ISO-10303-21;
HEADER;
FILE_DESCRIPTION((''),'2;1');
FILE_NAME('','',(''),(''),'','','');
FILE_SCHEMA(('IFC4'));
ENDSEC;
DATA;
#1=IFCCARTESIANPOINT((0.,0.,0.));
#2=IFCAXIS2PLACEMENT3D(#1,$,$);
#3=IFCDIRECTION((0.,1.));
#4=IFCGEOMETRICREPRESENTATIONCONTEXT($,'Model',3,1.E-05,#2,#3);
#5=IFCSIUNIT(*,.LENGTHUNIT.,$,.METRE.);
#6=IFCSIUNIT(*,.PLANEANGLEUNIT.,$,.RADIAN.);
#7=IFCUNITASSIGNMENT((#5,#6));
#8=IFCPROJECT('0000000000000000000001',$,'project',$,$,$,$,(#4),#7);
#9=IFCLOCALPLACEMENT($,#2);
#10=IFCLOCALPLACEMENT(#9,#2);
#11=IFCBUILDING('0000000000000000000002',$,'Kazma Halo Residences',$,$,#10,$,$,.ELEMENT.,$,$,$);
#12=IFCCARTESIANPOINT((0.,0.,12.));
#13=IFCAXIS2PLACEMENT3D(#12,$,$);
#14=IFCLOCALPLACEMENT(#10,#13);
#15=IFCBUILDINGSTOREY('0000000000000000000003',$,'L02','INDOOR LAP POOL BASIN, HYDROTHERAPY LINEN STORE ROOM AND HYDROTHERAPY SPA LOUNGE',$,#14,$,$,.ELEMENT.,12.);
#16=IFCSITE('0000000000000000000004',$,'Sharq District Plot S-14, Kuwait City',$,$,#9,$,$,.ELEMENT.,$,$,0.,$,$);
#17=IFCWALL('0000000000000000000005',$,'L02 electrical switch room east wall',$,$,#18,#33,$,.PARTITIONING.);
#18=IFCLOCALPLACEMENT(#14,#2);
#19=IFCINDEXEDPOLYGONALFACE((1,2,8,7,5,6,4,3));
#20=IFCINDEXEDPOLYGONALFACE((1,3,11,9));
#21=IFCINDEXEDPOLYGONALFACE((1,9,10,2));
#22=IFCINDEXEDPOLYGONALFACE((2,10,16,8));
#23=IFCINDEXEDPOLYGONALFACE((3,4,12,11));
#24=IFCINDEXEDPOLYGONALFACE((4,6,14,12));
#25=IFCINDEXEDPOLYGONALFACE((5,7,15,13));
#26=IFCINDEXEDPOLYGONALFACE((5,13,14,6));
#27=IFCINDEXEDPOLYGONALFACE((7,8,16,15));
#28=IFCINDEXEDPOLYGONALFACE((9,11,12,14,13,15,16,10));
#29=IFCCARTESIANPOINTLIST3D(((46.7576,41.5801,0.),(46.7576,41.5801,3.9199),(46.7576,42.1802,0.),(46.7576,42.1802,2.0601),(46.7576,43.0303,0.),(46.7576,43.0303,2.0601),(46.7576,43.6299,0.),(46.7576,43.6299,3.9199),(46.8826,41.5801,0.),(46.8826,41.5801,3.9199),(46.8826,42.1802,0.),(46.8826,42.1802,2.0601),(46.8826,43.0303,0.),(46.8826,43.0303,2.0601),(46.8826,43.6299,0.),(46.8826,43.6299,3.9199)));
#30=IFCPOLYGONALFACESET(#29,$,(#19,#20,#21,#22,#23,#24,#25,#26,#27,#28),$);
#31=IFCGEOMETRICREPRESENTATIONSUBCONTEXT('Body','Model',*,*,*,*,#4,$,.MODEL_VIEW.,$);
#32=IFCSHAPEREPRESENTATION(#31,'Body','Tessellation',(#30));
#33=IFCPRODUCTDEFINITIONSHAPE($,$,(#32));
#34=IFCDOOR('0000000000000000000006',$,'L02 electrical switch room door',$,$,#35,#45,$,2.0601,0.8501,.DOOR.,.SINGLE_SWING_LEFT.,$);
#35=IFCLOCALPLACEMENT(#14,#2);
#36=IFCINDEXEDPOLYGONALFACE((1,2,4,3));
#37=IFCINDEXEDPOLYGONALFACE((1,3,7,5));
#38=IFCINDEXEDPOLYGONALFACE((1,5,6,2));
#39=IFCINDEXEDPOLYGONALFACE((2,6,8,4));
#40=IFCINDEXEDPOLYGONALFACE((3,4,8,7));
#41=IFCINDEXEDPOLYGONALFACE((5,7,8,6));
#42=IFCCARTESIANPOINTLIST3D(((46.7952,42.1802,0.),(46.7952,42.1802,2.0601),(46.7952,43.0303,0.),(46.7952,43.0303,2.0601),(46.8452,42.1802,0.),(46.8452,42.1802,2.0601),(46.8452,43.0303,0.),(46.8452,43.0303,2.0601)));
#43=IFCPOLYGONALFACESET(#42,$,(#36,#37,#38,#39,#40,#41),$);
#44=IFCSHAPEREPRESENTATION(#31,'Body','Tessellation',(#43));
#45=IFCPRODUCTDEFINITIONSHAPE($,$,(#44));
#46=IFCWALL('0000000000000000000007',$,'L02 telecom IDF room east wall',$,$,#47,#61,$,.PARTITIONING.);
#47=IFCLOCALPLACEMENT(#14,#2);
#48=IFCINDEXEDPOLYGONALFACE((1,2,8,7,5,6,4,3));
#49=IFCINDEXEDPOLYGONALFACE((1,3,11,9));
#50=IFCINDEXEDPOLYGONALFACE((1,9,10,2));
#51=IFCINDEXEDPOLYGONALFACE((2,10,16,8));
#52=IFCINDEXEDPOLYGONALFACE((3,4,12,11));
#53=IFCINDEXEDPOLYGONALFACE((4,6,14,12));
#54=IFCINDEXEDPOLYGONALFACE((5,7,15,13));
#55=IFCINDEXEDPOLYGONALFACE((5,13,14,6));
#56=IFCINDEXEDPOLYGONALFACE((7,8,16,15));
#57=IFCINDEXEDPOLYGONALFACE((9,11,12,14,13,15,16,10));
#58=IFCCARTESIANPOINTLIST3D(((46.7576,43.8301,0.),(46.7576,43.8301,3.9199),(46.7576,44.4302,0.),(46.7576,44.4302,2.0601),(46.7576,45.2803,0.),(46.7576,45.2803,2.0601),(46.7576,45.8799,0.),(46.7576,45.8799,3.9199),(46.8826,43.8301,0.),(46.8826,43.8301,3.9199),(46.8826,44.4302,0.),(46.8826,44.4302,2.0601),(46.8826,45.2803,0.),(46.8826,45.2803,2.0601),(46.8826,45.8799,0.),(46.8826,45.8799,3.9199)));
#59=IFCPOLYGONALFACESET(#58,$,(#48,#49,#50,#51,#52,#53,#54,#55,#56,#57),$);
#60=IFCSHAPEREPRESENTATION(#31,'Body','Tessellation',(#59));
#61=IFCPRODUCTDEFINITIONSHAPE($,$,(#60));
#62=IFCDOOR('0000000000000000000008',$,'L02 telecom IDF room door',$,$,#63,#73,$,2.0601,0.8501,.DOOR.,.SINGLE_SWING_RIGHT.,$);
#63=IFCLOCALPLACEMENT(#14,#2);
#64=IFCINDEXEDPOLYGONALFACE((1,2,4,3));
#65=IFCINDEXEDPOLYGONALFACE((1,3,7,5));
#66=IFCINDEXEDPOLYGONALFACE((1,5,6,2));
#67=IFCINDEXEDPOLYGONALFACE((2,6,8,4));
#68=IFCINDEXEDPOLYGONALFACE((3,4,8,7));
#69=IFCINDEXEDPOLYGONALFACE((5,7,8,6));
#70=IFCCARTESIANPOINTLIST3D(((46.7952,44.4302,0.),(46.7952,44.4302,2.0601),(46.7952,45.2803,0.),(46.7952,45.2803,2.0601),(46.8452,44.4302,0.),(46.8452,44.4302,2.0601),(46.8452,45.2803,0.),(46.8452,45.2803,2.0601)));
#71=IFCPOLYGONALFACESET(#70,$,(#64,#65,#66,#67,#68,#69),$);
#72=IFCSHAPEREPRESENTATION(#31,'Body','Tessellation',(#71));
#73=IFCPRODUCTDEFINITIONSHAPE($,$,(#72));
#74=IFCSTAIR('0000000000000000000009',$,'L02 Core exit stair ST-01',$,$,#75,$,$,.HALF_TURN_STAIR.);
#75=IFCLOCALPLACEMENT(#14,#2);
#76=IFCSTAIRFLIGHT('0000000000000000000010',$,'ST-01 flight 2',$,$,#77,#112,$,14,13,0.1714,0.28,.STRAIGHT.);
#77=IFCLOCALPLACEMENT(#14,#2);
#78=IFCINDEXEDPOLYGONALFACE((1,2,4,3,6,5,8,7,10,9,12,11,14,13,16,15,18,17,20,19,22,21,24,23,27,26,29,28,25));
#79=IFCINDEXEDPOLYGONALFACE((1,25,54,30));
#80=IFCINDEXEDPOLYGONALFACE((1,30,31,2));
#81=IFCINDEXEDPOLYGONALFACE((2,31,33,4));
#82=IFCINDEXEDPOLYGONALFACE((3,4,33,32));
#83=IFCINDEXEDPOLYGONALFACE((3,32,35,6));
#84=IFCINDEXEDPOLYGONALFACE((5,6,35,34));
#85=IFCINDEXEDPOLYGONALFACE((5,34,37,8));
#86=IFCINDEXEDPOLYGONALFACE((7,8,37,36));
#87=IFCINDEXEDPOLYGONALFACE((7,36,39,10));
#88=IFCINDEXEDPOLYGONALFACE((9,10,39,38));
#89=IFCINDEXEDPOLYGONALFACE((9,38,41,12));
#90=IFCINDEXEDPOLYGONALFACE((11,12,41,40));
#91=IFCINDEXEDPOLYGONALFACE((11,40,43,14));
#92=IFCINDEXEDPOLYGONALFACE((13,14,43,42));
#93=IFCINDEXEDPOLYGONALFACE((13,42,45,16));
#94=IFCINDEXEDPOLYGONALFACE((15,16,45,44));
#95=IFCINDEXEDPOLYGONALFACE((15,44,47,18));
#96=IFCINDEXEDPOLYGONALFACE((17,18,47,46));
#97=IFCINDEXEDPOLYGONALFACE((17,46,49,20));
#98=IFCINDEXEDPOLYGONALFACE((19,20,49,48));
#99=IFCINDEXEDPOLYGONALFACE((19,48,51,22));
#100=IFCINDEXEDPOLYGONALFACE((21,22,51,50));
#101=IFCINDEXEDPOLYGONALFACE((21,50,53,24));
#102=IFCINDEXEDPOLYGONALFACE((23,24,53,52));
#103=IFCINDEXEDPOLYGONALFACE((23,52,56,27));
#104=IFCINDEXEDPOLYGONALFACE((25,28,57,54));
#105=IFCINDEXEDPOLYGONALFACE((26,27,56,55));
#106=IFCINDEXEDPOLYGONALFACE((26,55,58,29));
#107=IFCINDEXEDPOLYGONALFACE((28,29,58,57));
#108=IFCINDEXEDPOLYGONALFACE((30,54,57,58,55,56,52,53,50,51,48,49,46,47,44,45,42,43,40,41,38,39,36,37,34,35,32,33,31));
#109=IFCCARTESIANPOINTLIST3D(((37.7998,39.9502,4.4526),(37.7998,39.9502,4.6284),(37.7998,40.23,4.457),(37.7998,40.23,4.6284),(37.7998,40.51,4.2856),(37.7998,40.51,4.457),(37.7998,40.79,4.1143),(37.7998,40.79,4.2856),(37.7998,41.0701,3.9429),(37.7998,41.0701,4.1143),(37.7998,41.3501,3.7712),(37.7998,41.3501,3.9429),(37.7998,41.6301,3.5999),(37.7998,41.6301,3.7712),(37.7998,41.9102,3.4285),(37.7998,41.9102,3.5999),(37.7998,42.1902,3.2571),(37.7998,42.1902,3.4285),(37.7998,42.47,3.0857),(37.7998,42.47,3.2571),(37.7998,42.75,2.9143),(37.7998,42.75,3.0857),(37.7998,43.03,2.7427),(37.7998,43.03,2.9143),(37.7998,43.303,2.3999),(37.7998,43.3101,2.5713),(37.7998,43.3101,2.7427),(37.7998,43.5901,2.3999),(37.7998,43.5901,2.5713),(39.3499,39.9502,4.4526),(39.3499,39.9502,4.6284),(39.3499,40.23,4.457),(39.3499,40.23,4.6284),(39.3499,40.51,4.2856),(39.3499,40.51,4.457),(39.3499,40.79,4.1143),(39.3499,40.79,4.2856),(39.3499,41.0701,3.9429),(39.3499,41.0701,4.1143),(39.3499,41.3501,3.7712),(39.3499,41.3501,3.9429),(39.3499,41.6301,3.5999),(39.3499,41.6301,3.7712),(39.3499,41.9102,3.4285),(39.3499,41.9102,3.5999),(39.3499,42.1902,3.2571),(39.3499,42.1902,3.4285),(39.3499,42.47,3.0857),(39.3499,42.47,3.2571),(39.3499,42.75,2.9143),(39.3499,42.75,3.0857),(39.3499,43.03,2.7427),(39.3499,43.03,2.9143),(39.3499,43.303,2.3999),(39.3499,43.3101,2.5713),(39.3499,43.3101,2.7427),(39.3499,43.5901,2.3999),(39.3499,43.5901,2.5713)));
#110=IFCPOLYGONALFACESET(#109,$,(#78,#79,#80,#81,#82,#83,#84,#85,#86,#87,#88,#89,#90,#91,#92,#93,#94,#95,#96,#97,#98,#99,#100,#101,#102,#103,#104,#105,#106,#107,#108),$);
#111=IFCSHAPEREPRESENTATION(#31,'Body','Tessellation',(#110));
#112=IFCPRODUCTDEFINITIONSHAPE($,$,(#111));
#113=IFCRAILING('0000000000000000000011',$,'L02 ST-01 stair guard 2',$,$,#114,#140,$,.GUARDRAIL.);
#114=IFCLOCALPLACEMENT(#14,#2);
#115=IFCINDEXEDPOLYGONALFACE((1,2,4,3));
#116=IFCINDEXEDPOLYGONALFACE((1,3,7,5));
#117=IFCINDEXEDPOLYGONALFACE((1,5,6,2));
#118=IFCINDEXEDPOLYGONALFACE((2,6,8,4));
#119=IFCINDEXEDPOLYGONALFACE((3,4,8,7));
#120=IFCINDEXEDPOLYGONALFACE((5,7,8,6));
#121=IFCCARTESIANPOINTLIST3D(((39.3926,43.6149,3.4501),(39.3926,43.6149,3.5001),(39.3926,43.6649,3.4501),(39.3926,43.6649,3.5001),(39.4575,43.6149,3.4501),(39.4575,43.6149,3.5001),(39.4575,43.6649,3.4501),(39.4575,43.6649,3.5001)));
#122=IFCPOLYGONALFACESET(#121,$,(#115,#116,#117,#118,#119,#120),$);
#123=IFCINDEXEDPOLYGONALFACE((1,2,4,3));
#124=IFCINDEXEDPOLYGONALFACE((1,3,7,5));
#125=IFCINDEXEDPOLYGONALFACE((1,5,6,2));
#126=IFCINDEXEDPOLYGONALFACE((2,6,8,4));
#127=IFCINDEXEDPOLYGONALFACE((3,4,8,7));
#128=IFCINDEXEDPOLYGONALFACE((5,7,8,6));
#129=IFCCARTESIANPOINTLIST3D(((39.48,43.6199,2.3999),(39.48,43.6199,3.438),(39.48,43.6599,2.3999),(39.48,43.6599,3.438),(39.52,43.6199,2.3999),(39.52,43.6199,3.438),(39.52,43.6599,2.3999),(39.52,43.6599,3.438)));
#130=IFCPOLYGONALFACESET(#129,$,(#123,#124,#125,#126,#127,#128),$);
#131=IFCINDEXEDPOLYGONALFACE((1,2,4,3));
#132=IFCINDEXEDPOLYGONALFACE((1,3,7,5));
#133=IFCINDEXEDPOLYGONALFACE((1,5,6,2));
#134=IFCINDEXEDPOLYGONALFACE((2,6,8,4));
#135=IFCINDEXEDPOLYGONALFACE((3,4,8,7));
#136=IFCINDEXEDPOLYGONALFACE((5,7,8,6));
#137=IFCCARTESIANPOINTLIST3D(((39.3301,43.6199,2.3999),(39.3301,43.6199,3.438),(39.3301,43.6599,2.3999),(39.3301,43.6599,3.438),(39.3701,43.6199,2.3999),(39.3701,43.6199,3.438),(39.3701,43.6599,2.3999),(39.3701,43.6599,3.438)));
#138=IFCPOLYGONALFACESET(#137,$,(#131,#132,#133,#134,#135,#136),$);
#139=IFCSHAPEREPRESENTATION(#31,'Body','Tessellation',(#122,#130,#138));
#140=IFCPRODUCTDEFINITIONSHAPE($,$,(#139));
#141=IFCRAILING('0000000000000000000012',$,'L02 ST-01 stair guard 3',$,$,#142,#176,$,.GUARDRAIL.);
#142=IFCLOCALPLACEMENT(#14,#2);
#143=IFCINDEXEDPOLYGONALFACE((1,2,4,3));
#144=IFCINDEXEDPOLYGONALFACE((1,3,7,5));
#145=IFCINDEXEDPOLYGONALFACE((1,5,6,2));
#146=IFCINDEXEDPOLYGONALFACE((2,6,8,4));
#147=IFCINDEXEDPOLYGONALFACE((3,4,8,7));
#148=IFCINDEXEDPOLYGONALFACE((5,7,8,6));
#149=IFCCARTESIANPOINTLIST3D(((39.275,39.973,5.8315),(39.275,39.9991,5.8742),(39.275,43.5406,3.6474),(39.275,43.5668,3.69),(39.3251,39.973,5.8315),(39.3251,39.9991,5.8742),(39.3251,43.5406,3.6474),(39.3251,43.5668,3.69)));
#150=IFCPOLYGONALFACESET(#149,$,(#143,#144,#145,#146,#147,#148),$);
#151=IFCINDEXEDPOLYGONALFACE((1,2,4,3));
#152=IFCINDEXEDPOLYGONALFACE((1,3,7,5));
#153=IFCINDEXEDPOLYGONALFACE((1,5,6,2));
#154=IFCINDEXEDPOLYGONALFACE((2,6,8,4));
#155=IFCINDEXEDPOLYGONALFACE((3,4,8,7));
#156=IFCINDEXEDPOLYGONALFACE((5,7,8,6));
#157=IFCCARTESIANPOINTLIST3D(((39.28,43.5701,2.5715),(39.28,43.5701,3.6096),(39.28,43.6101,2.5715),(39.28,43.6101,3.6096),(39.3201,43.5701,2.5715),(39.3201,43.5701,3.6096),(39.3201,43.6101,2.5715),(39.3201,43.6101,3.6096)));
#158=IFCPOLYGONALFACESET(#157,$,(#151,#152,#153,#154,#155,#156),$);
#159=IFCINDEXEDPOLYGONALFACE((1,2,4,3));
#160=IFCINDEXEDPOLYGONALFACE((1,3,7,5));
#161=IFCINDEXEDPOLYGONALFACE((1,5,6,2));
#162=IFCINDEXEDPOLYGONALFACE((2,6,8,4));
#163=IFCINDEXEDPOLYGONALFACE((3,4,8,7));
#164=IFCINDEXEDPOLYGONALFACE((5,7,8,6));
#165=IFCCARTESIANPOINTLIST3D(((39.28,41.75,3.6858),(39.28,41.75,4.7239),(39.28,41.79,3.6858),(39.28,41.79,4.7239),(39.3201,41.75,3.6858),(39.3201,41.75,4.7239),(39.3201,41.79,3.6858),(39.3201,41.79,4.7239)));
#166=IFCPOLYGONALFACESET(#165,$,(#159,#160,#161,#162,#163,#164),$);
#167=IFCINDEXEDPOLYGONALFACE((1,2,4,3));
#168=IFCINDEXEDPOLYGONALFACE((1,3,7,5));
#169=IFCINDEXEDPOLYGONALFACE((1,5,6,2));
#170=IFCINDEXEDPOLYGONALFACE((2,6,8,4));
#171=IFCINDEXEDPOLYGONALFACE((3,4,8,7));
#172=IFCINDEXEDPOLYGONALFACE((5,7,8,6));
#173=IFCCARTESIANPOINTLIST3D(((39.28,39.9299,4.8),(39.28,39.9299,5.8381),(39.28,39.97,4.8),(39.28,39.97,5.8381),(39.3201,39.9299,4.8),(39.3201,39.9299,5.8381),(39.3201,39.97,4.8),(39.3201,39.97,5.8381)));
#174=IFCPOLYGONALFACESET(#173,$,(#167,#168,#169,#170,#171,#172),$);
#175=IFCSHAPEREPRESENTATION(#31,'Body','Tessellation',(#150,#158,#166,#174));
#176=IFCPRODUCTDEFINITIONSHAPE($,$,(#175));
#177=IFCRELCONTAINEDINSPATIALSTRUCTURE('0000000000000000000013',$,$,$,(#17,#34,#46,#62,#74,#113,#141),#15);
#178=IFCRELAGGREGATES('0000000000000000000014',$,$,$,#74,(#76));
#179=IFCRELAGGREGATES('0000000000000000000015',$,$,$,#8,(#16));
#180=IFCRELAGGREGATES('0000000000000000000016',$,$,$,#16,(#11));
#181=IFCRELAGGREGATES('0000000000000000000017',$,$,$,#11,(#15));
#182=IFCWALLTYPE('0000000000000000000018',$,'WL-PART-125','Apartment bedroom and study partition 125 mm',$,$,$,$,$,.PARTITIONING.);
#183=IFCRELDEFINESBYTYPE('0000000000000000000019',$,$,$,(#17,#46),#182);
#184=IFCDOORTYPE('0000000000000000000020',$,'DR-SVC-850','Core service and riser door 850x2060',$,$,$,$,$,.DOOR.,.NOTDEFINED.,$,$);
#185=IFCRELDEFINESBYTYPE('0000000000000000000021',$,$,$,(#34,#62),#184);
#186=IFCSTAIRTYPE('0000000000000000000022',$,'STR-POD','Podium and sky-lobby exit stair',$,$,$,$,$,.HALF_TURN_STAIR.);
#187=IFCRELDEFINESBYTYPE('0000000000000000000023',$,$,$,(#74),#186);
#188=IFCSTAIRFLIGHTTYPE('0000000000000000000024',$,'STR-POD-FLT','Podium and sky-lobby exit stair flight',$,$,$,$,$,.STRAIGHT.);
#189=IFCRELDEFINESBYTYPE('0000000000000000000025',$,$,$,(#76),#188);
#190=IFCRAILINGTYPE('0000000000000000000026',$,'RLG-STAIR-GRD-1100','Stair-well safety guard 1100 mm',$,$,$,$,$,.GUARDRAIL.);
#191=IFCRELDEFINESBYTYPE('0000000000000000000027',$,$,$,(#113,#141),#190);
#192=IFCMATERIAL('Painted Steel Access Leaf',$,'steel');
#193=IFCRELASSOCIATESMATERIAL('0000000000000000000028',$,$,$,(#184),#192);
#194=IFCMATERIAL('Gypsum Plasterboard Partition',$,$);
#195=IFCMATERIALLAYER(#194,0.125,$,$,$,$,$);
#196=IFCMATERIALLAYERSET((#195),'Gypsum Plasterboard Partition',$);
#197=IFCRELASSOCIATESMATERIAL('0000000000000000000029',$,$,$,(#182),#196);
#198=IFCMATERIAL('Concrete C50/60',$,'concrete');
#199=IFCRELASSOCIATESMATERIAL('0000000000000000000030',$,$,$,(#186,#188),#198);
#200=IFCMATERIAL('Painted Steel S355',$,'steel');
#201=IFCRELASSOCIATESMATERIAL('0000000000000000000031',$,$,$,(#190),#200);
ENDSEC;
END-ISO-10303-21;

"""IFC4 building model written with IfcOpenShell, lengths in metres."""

from ifc_helpers import new_model, si_unit, direction, frame, frame_2d, origin, origin_2d, place, context, subcontext, project, spatial, polyline, rectangle, outline, extrude, material, layer, layer_set, type_object, element, fill, aggregate, save


model = new_model("IFC4")

# Units and contexts
model_context = context("Model", 3, precision=1e-05, world=origin(), true_north=direction((0.0, 1.0)))
body_context = subcontext(model_context, "Body", "Model", "MODEL_VIEW")
ifc_project = project(units=[si_unit("LENGTHUNIT", "METRE"), si_unit("PLANEANGLEUNIT", "RADIAN")], contexts=[model_context])

# Site, building, storey
site_placement = place(None, origin())
site = spatial("IfcSite", under=ifc_project, at=site_placement, Name="Sharq District Plot S-14, Kuwait City", CompositionType="ELEMENT", RefElevation=0.0)
building_placement = place(site_placement, origin())
building = spatial("IfcBuilding", under=site, at=building_placement, Name="Kazma Halo Residences", CompositionType="ELEMENT")
storey_placement = place(building_placement, frame((0.0, 0.0, 12.0)))
storey = spatial("IfcBuildingStorey", under=building, at=storey_placement, Name="L02", Description="INDOOR LAP POOL BASIN, HYDROTHERAPY LINEN STORE ROOM AND HYDROTHERAPY SPA LOUNGE", CompositionType="ELEMENT", Elevation=12.0)

# Shared definitions
ifc_material_1 = material(Name="Painted Steel Access Leaf", Category="steel")
door_type_1 = type_object("IfcDoorType", Name="DR-SVC-850", Description="Core service and riser door 850x2060", OperationType="NOTDEFINED", PredefinedType="DOOR", material=ifc_material_1)

# Shared definitions
ifc_material_2 = material(Name="Gypsum Plasterboard Partition")
ifc_layer_1 = layer(ifc_material_2, 0.125)
ifc_layer_set_1 = layer_set([ifc_layer_1], Name="Gypsum Plasterboard Partition")
wall_type_1 = type_object("IfcWallType", Name="WL-PART-125", Description="Apartment bedroom and study partition 125 mm", PredefinedType="PARTITIONING", material=ifc_layer_set_1)

# Walls, openings, doors
wall_1_placement = place(storey_placement, frame((46.8201, 41.5801, 0.0), z_axis=(0.0, 0.0, 1.0), x_axis=(0.0, 1.0, 0.0)))
wall_1 = element("IfcWall", 1, at=wall_1_placement, inside=storey, type_object=wall_type_1, Name="L02 electrical switch room east wall", PredefinedType="PARTITIONING", context=body_context, shape_type="SweptSolid", body=[
    extrude(rectangle(XDim=2.0498, YDim=0.125, at=frame_2d((1.0249, 0.0))), origin(), (0.0, 0.0, 1.0), 3.9199),
])
opening_1_placement = place(wall_1_placement, frame((0.6001, 0.0, 0.0)))
opening_1 = element("IfcOpeningElement", 2, at=opening_1_placement, cuts=wall_1, PredefinedType="OPENING", context=body_context, shape_type="SweptSolid", body=[
    extrude(rectangle(XDim=0.8501, YDim=2.0601, at=frame_2d((0.425, 1.03))), frame((0.0, 0.0725, 0.0), z_axis=(0.0, -1.0, 0.0), x_axis=(1.0, 0.0, 0.0)), (0.0, 0.0, 1.0), 0.145),
])
door_1_placement = place(opening_1_placement, origin())
door_1 = element("IfcDoor", 3, at=door_1_placement, inside=storey, type_object=door_type_1, Name="L02 electrical switch room door", OperationType="SINGLE_SWING_LEFT", OverallHeight=2.0601, OverallWidth=0.8501, PredefinedType="DOOR", context=body_context, shape_type="SweptSolid", body=[
    extrude(rectangle(XDim=0.8501, YDim=2.0601, at=frame_2d((0.425, 1.03))), frame((0.0, 0.0249, 0.0), z_axis=(0.0, -1.0, 0.0), x_axis=(1.0, 0.0, 0.0)), (0.0, 0.0, 1.0), 0.05),
])
fill(opening_1, door_1)
wall_2_placement = place(storey_placement, frame((46.8201, 43.8301, 0.0), z_axis=(0.0, 0.0, 1.0), x_axis=(0.0, 1.0, 0.0)))
wall_2 = element("IfcWall", 4, at=wall_2_placement, inside=storey, type_object=wall_type_1, Name="L02 telecom IDF room east wall", PredefinedType="PARTITIONING", context=body_context, shape_type="SweptSolid", body=[
    extrude(rectangle(XDim=2.0498, YDim=0.125, at=frame_2d((1.0249, 0.0))), origin(), (0.0, 0.0, 1.0), 3.9199),
])
opening_2_placement = place(wall_2_placement, frame((0.6001, 0.0, 0.0)))
opening_2 = element("IfcOpeningElement", 5, at=opening_2_placement, cuts=wall_2, PredefinedType="OPENING", context=body_context, shape_type="SweptSolid", body=[
    extrude(rectangle(XDim=0.8501, YDim=2.0601, at=frame_2d((0.425, 1.03))), frame((0.0, 0.0725, 0.0), z_axis=(0.0, -1.0, 0.0), x_axis=(1.0, 0.0, 0.0)), (0.0, 0.0, 1.0), 0.145),
])
door_2_placement = place(opening_2_placement, origin())
door_2 = element("IfcDoor", 6, at=door_2_placement, inside=storey, type_object=door_type_1, Name="L02 telecom IDF room door", OperationType="SINGLE_SWING_RIGHT", OverallHeight=2.0601, OverallWidth=0.8501, PredefinedType="DOOR", context=body_context, shape_type="SweptSolid", body=[
    extrude(rectangle(XDim=0.8501, YDim=2.0601, at=frame_2d((0.425, 1.03))), frame((0.0, 0.0249, 0.0), z_axis=(0.0, -1.0, 0.0), x_axis=(1.0, 0.0, 0.0)), (0.0, 0.0, 1.0), 0.05),
])
fill(opening_2, door_2)

# Stair, stair flight
ifc_material_3 = material(Name="Concrete C50/60", Category="concrete")
stair_type = type_object("IfcStairType", Name="STR-POD", Description="Podium and sky-lobby exit stair", PredefinedType="HALF_TURN_STAIR", material=ifc_material_3)
stair_placement = place(storey_placement, origin())
stair = element("IfcStair", 7, at=stair_placement, inside=storey, type_object=stair_type, Name="L02 Core exit stair ST-01", PredefinedType="HALF_TURN_STAIR")
stair_flight_type = type_object("IfcStairFlightType", Name="STR-POD-FLT", Description="Podium and sky-lobby exit stair flight", PredefinedType="STRAIGHT", material=ifc_material_3)
stair_flight_placement = place(storey_placement, frame((38.575, 43.5901, 2.3999), z_axis=(0.0, 0.0, 1.0), x_axis=(0.0, -1.0, 0.0)))
stair_flight = element("IfcStairFlight", 8, at=stair_flight_placement, type_object=stair_flight_type, Name="ST-01 flight 2", NumberOfRisers=14, NumberOfTreads=13, PredefinedType="STRAIGHT", RiserHeight=0.1714, TreadLength=0.28, context=body_context, shape_type="SweptSolid", body=[
    extrude(outline(polyline([(0.0, 0.0), (0.0, 0.1714), (0.28, 0.1714), (0.28, 0.3428), (0.5601, 0.3428), (0.5601, 0.5144), (0.8401, 0.5144), (0.8401, 0.6858), (1.1201, 0.6858), (1.1201, 0.8572), (1.3999, 0.8572), (1.3999, 1.0286), (1.6799, 1.0286), (1.6799, 1.2), (1.96, 1.2), (1.96, 1.3713), (2.24, 1.3713), (2.24, 1.543), (2.52, 1.543), (2.52, 1.7144), (2.8, 1.7144), (2.8, 1.8857), (3.0801, 1.8857), (3.0801, 2.0571), (3.3601, 2.0571), (3.3601, 2.2285), (3.6399, 2.2285), (3.6399, 2.3999), (3.6399, 2.0527), (0.2871, 0.0), (0.0, 0.0)])), frame((0.0, 0.7749, 0.0), z_axis=(0.0, -1.0, 0.0), x_axis=(1.0, 0.0, 0.0)), (0.0, 0.0, 1.0), 1.55),
])
aggregate(stair, [stair_flight])

# Railings
ifc_material_4 = material(Name="Painted Steel S355", Category="steel")
railing_type_1 = type_object("IfcRailingType", Name="RLG-STAIR-GRD-1100", Description="Stair-well safety guard 1100 mm", PredefinedType="GUARDRAIL", material=ifc_material_4)
railing_1_placement = place(storey_placement, frame((39.5, 43.6399, 2.3999)))
element("IfcRailing", 9, at=railing_1_placement, inside=storey, type_object=railing_type_1, Name="L02 ST-01 stair guard 2", PredefinedType="GUARDRAIL", context=body_context, shape_type="SweptSolid", body=[
    extrude(rectangle(XDim=0.05, YDim=0.05, at=origin_2d()), frame((-0.0425, 0.0, 1.0752), z_axis=(-1.0, 0.0, 0.0), x_axis=(0.0, -1.0, 0.0)), (0.0, 0.0, 1.0), 0.0649),
    extrude(rectangle(XDim=0.04, YDim=0.04, at=origin_2d()), origin(), (0.0, 0.0, 1.0), 1.0381),
    extrude(rectangle(XDim=0.04, YDim=0.04, at=origin_2d()), frame((-0.1499, 0.0, 0.0)), (0.0, 0.0, 1.0), 1.0381),
])
railing_2_placement = place(storey_placement, frame((39.3, 43.5901, 2.5715)))
element("IfcRailing", 10, at=railing_2_placement, inside=storey, type_object=railing_type_1, Name="L02 ST-01 stair guard 3", PredefinedType="GUARDRAIL", context=body_context, shape_type="SweptSolid", body=[
    extrude(rectangle(XDim=0.05, YDim=0.05, at=origin_2d()), frame((0.0, -0.0364, 1.0972), z_axis=(0.0, -0.852866, 0.52213), x_axis=(1.0, 0.0, 0.0)), (0.0, 0.0, 1.0), 4.1831),
    extrude(rectangle(XDim=0.04, YDim=0.04, at=origin_2d()), origin(), (0.0, 0.0, 1.0), 1.0381),
    extrude(rectangle(XDim=0.04, YDim=0.04, at=origin_2d()), frame((0.0, -1.8201, 1.1143)), (0.0, 0.0, 1.0), 1.0381),
    extrude(rectangle(XDim=0.04, YDim=0.04, at=origin_2d()), frame((0.0, -3.6401, 2.2285)), (0.0, 0.0, 1.0), 1.0381),
])

save(model, "model.ifc")
